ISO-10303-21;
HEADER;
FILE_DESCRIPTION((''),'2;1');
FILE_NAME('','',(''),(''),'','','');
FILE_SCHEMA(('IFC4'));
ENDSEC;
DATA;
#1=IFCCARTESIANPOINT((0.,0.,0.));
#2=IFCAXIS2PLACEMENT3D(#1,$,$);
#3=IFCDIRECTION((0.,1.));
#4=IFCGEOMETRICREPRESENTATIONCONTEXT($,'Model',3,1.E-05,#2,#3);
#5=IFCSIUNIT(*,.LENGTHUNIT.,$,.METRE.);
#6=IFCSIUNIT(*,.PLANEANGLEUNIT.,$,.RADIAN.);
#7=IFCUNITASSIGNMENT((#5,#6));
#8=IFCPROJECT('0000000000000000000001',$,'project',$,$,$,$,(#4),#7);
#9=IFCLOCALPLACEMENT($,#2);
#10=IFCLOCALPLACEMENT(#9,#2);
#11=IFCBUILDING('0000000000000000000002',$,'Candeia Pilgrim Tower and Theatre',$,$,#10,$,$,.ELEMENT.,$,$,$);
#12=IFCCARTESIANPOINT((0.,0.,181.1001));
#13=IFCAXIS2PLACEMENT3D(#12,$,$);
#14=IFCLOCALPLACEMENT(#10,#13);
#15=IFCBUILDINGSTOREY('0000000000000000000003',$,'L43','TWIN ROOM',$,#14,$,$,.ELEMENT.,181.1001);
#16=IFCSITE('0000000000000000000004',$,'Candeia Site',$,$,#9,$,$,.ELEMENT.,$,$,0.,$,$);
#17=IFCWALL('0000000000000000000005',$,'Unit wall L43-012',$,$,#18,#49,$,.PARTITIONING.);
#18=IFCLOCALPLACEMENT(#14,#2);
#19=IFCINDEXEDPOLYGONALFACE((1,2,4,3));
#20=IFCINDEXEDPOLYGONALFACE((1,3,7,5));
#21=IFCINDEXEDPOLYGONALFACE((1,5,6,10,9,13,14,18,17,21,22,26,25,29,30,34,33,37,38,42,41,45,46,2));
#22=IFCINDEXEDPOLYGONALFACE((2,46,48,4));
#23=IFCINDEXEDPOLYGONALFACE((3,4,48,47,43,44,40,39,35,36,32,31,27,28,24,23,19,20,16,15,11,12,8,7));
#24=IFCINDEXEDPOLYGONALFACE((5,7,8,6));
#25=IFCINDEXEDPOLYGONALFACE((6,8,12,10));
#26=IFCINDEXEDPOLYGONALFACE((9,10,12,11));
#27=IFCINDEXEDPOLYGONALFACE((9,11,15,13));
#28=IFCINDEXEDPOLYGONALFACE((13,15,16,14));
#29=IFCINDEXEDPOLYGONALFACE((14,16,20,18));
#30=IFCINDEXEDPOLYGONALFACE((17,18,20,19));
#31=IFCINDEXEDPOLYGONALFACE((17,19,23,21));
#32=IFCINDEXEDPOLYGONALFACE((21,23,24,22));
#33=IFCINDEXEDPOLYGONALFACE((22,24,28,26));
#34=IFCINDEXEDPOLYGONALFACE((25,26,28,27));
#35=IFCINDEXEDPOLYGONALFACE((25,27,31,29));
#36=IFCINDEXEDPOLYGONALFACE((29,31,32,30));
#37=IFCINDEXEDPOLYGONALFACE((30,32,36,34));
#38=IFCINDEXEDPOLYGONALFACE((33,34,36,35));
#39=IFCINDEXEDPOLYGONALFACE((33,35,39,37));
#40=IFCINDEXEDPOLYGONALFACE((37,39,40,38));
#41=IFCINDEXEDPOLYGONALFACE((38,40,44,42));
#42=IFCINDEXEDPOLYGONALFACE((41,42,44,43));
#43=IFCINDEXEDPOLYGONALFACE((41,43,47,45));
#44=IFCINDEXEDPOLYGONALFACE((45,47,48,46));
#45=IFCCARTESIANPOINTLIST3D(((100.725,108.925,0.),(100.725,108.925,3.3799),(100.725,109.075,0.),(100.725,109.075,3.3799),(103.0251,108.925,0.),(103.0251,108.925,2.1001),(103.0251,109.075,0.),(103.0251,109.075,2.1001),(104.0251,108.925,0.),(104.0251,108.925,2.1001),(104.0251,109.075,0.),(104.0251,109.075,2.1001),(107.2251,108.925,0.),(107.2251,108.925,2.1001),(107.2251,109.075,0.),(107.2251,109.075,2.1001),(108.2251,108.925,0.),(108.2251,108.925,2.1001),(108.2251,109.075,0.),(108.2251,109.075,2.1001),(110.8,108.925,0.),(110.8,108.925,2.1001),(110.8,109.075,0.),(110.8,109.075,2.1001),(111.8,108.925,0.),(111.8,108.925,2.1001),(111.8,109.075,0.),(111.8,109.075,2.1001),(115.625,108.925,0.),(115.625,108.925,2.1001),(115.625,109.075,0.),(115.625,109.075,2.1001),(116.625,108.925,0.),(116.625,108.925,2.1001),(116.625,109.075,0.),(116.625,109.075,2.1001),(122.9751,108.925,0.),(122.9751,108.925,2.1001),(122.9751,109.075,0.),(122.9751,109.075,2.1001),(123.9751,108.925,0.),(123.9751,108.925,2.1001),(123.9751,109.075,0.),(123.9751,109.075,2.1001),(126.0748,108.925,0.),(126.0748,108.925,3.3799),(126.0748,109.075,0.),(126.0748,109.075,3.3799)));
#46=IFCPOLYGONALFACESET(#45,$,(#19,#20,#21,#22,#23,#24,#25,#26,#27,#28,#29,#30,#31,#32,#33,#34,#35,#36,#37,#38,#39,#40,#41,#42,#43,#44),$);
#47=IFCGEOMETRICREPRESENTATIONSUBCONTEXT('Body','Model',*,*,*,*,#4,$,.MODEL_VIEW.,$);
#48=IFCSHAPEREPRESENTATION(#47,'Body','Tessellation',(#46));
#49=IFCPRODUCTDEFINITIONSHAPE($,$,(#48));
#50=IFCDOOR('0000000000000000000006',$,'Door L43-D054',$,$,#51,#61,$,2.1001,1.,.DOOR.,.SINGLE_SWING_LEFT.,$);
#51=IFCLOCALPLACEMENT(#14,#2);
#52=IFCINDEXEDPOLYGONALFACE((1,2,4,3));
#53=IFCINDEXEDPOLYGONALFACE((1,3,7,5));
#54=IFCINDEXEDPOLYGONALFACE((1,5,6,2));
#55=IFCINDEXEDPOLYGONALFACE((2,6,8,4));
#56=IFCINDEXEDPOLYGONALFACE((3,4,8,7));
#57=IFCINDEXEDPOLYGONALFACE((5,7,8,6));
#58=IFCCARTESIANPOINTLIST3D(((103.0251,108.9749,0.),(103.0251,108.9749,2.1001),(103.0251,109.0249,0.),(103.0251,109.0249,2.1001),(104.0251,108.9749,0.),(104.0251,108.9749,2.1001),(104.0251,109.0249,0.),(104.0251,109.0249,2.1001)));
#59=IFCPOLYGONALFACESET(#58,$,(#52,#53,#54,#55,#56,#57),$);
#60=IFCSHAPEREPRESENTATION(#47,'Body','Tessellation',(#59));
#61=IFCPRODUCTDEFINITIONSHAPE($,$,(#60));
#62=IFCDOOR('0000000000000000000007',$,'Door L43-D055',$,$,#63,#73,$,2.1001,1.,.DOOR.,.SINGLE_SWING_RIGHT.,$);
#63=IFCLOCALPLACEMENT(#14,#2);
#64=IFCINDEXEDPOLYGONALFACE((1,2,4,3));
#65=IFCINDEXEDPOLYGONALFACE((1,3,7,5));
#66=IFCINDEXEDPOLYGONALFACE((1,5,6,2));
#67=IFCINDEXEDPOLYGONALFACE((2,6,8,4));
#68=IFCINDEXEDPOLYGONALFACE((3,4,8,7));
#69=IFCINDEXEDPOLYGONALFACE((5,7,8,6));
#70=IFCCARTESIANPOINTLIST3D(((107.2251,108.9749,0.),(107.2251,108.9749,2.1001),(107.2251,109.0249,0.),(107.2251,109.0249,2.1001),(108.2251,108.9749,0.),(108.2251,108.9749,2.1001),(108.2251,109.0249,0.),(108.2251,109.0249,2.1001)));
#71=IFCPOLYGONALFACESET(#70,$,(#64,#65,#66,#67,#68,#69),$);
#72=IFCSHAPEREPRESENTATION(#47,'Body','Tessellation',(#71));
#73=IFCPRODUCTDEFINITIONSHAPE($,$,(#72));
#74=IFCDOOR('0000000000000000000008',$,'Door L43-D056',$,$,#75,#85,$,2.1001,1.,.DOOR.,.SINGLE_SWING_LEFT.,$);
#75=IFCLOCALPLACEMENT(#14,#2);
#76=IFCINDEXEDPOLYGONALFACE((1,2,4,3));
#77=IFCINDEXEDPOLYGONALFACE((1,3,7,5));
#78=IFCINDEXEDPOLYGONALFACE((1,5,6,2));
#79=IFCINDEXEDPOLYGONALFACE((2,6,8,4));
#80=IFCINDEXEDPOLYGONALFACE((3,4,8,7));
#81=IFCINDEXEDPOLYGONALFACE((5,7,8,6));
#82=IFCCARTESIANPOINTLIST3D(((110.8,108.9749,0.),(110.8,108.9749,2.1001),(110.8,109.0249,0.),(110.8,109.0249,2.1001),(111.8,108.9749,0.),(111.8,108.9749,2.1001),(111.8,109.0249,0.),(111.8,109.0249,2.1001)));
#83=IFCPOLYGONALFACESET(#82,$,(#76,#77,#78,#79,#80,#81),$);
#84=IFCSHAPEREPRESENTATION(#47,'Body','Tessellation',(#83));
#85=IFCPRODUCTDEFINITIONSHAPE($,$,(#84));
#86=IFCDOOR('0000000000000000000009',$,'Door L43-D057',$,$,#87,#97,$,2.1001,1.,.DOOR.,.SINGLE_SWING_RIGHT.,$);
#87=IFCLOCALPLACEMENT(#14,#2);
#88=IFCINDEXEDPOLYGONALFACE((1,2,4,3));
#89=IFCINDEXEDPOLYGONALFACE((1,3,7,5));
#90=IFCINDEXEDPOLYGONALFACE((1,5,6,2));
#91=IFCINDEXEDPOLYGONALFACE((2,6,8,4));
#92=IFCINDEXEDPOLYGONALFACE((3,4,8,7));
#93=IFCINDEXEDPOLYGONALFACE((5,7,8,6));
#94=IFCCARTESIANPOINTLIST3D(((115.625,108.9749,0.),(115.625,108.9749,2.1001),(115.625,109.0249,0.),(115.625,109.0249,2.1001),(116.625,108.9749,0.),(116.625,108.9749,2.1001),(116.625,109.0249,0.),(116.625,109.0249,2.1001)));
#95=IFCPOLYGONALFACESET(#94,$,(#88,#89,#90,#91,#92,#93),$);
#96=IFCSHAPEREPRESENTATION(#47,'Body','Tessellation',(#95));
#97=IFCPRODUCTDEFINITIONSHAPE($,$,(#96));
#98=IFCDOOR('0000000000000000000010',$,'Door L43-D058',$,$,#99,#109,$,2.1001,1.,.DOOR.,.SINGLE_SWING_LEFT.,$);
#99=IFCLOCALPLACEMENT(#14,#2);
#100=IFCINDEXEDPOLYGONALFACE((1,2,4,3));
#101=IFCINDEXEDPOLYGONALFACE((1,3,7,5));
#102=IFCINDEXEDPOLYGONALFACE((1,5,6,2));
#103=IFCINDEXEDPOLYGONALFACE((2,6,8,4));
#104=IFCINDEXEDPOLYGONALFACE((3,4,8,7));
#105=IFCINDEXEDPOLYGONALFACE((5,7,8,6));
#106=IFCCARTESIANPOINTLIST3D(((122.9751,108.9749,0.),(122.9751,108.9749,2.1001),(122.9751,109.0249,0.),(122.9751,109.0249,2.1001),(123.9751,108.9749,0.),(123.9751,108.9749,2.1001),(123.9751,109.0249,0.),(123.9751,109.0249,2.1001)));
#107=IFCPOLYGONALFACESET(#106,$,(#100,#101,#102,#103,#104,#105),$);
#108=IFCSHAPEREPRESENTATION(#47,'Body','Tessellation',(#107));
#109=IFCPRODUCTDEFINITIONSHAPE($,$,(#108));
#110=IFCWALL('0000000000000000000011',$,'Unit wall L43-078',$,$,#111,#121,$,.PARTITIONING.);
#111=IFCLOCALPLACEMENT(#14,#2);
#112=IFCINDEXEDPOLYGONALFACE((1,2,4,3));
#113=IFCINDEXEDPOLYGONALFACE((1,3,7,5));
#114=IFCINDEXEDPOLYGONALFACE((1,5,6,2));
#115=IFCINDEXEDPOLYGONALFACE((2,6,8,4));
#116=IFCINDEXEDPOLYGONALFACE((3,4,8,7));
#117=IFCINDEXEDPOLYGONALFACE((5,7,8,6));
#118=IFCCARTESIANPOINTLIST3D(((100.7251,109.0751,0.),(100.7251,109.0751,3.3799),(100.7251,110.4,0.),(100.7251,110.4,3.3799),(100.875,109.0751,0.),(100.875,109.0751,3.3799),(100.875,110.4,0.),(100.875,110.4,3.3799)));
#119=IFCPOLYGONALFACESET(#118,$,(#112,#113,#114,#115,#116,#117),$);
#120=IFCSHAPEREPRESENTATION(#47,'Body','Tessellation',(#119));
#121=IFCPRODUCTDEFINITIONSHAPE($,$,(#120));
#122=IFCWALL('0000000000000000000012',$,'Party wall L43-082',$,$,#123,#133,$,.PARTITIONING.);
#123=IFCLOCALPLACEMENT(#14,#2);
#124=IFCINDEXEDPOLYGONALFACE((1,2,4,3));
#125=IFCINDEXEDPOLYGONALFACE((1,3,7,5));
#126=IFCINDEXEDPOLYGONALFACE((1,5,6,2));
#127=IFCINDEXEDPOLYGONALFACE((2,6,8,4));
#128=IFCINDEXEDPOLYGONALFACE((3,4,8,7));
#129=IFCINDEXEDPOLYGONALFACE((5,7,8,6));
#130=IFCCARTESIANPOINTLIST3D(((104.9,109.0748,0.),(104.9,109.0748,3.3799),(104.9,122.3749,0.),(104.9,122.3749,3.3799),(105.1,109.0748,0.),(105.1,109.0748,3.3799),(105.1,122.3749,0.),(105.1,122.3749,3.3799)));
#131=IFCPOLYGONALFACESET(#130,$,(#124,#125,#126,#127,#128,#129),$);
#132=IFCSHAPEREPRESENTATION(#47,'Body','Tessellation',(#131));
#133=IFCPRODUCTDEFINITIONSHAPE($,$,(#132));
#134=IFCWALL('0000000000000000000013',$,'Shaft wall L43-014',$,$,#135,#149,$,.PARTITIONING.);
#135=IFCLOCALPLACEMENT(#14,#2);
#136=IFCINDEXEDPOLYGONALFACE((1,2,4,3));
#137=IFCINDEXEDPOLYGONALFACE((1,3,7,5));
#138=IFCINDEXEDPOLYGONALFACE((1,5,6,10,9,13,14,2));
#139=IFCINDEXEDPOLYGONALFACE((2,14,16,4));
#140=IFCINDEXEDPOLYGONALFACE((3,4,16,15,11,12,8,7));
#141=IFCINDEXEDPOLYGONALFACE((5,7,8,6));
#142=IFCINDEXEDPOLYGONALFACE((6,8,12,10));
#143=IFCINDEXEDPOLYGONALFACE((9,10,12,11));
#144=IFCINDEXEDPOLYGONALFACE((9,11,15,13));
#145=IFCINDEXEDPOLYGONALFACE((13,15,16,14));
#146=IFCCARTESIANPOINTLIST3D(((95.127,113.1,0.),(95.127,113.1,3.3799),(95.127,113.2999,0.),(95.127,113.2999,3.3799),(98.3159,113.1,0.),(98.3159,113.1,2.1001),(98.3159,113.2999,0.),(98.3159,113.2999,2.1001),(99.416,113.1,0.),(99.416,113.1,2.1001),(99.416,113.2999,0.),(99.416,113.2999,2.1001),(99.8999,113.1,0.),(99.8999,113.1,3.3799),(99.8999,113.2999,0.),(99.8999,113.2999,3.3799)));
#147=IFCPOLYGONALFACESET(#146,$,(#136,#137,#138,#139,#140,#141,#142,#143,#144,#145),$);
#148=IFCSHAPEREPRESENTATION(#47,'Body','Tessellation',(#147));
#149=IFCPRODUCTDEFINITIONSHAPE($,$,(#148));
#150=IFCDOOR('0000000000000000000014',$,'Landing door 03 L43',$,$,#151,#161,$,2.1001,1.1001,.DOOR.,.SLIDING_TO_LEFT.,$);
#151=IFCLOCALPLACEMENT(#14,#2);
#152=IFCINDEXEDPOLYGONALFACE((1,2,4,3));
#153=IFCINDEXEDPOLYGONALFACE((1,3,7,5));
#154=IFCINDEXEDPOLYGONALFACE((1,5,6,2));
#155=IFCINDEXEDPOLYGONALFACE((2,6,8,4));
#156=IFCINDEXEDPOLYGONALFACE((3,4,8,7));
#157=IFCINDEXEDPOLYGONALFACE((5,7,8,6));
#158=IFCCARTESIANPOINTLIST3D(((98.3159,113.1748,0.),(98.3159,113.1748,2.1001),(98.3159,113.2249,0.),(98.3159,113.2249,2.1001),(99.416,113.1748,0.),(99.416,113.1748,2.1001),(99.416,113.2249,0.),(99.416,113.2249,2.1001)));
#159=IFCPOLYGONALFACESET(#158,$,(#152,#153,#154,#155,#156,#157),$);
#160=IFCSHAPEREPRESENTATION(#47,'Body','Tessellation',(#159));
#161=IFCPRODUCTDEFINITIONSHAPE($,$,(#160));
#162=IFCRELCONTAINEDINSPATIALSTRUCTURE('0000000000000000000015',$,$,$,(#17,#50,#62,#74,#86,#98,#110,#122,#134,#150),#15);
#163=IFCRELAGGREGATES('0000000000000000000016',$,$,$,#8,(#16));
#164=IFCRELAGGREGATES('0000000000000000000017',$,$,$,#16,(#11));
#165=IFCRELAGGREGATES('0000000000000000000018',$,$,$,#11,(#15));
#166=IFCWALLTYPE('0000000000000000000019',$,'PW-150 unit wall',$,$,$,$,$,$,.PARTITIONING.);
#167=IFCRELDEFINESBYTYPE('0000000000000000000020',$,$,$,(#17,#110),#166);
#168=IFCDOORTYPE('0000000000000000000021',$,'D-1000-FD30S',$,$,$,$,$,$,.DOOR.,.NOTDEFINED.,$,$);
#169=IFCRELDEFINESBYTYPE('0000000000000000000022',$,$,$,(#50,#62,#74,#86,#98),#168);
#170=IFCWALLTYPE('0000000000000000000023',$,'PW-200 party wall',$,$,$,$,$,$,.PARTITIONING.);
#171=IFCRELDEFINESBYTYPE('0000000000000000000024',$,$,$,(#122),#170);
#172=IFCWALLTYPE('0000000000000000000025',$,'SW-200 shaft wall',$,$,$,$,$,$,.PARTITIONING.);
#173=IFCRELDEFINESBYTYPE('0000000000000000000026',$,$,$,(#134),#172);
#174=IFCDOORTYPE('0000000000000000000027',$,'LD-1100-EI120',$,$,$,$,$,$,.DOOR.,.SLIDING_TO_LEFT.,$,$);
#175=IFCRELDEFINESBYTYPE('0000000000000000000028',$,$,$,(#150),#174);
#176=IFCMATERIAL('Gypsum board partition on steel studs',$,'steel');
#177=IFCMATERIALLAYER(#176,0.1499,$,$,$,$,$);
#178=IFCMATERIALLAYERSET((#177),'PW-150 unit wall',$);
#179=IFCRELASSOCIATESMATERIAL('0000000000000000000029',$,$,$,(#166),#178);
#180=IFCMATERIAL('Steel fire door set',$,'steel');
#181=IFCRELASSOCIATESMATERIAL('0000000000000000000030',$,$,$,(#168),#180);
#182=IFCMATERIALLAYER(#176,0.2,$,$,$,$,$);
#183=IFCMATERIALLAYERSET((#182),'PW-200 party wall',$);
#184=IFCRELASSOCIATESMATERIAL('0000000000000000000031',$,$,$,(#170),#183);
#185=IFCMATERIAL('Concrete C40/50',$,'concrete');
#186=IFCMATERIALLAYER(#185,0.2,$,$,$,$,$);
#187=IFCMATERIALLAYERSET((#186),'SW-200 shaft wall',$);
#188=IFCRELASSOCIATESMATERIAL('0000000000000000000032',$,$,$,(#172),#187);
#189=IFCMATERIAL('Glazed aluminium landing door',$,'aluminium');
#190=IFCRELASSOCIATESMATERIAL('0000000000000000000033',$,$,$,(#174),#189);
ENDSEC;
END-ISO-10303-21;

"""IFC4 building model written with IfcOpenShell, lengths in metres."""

from ifc_helpers import new_model, si_unit, direction, frame, frame_2d, origin, place, context, subcontext, project, spatial, rectangle, extrude, material, layer, layer_set, type_object, element, fill, save


model = new_model("IFC4")

# Units and contexts
model_context = context("Model", 3, precision=1e-05, world=origin(), true_north=direction((0.0, 1.0)))
body_context = subcontext(model_context, "Body", "Model", "MODEL_VIEW")
ifc_project = project(units=[si_unit("LENGTHUNIT", "METRE"), si_unit("PLANEANGLEUNIT", "RADIAN")], contexts=[model_context])

# Site, building, storey
site_placement = place(None, origin())
site = spatial("IfcSite", under=ifc_project, at=site_placement, Name="Candeia Site", CompositionType="ELEMENT", RefElevation=0.0)
building_placement = place(site_placement, origin())
building = spatial("IfcBuilding", under=site, at=building_placement, Name="Candeia Pilgrim Tower and Theatre", CompositionType="ELEMENT")
storey_placement = place(building_placement, frame((0.0, 0.0, 181.1001)))
storey = spatial("IfcBuildingStorey", under=building, at=storey_placement, Name="L43", Description="TWIN ROOM", CompositionType="ELEMENT", Elevation=181.1001)

# Shared definitions
ifc_material_1 = material(Name="Steel fire door set", Category="steel")

# Shared definitions
ifc_material_2 = material(Name="Gypsum board partition on steel studs", Category="steel")

# Wall, openings, doors
ifc_layer_1 = layer(ifc_material_2, 0.1499)
ifc_layer_set_1 = layer_set([ifc_layer_1], Name="PW-150 unit wall")
wall_type_1 = type_object("IfcWallType", Name="PW-150 unit wall", PredefinedType="PARTITIONING", material=ifc_layer_set_1)
wall_1_placement = place(storey_placement, frame((100.7251, 109.0, 0.0), z_axis=(0.0, 0.0, 1.0), x_axis=(1.0, 0.0, 0.0)))
wall_1 = element("IfcWall", 1, at=wall_1_placement, inside=storey, type_object=wall_type_1, Name="Unit wall L43-012", PredefinedType="PARTITIONING", context=body_context, shape_type="SweptSolid", body=[
    extrude(rectangle(XDim=25.3499, YDim=0.1499, at=frame_2d((12.6748, 0.0))), origin(), (0.0, 0.0, 1.0), 3.3799),
])
opening_1_placement = place(wall_1_placement, frame((2.3, 0.0, 0.0)))
opening_1 = element("IfcOpeningElement", 2, at=opening_1_placement, cuts=wall_1, PredefinedType="OPENING", context=body_context, shape_type="SweptSolid", body=[
    extrude(rectangle(XDim=1.0, YDim=2.1001, at=frame_2d((0.5, 1.05))), frame((0.0, 0.085, 0.0), z_axis=(0.0, -1.0, 0.0), x_axis=(1.0, 0.0, 0.0)), (0.0, 0.0, 1.0), 0.1699),
])
opening_2_placement = place(wall_1_placement, frame((6.5, 0.0, 0.0)))
opening_2 = element("IfcOpeningElement", 3, at=opening_2_placement, cuts=wall_1, PredefinedType="OPENING", context=body_context, shape_type="SweptSolid", body=[
    extrude(rectangle(XDim=1.0, YDim=2.1001, at=frame_2d((0.5, 1.05))), frame((0.0, 0.085, 0.0), z_axis=(0.0, -1.0, 0.0), x_axis=(1.0, 0.0, 0.0)), (0.0, 0.0, 1.0), 0.1699),
])
opening_3_placement = place(wall_1_placement, frame((10.075, 0.0, 0.0)))
opening_3 = element("IfcOpeningElement", 4, at=opening_3_placement, cuts=wall_1, PredefinedType="OPENING", context=body_context, shape_type="SweptSolid", body=[
    extrude(rectangle(XDim=1.0, YDim=2.1001, at=frame_2d((0.5, 1.05))), frame((0.0, 0.085, 0.0), z_axis=(0.0, -1.0, 0.0), x_axis=(1.0, 0.0, 0.0)), (0.0, 0.0, 1.0), 0.1699),
])
opening_4_placement = place(wall_1_placement, frame((14.8999, 0.0, 0.0)))
opening_4 = element("IfcOpeningElement", 5, at=opening_4_placement, cuts=wall_1, PredefinedType="OPENING", context=body_context, shape_type="SweptSolid", body=[
    extrude(rectangle(XDim=1.0, YDim=2.1001, at=frame_2d((0.5, 1.05))), frame((0.0, 0.085, 0.0), z_axis=(0.0, -1.0, 0.0), x_axis=(1.0, 0.0, 0.0)), (0.0, 0.0, 1.0), 0.1699),
])
opening_5_placement = place(wall_1_placement, frame((22.25, 0.0, 0.0)))
opening_5 = element("IfcOpeningElement", 6, at=opening_5_placement, cuts=wall_1, PredefinedType="OPENING", context=body_context, shape_type="SweptSolid", body=[
    extrude(rectangle(XDim=1.0, YDim=2.1001, at=frame_2d((0.5, 1.05))), frame((0.0, 0.085, 0.0), z_axis=(0.0, -1.0, 0.0), x_axis=(1.0, 0.0, 0.0)), (0.0, 0.0, 1.0), 0.1699),
])
door_type_1 = type_object("IfcDoorType", Name="D-1000-FD30S", OperationType="NOTDEFINED", PredefinedType="DOOR", material=ifc_material_1)
door_1_placement = place(opening_1_placement, origin())
door_1 = element("IfcDoor", 7, at=door_1_placement, inside=storey, type_object=door_type_1, Name="Door L43-D054", OperationType="SINGLE_SWING_LEFT", OverallHeight=2.1001, OverallWidth=1.0, PredefinedType="DOOR", context=body_context, shape_type="SweptSolid", body=[
    extrude(rectangle(XDim=1.0, YDim=2.1001, at=frame_2d((0.5, 1.05))), frame((0.0, 0.0249, 0.0), z_axis=(0.0, -1.0, 0.0), x_axis=(1.0, 0.0, 0.0)), (0.0, 0.0, 1.0), 0.05),
])
fill(opening_1, door_1)
door_2_placement = place(opening_2_placement, origin())
door_2 = element("IfcDoor", 8, at=door_2_placement, inside=storey, type_object=door_type_1, Name="Door L43-D055", OperationType="SINGLE_SWING_RIGHT", OverallHeight=2.1001, OverallWidth=1.0, PredefinedType="DOOR", context=body_context, shape_type="SweptSolid", body=[
    extrude(rectangle(XDim=1.0, YDim=2.1001, at=frame_2d((0.5, 1.05))), frame((0.0, 0.0249, 0.0), z_axis=(0.0, -1.0, 0.0), x_axis=(1.0, 0.0, 0.0)), (0.0, 0.0, 1.0), 0.05),
])
fill(opening_2, door_2)
door_3_placement = place(opening_3_placement, origin())
door_3 = element("IfcDoor", 9, at=door_3_placement, inside=storey, type_object=door_type_1, Name="Door L43-D056", OperationType="SINGLE_SWING_LEFT", OverallHeight=2.1001, OverallWidth=1.0, PredefinedType="DOOR", context=body_context, shape_type="SweptSolid", body=[
    extrude(rectangle(XDim=1.0, YDim=2.1001, at=frame_2d((0.5, 1.05))), frame((0.0, 0.0249, 0.0), z_axis=(0.0, -1.0, 0.0), x_axis=(1.0, 0.0, 0.0)), (0.0, 0.0, 1.0), 0.05),
])
fill(opening_3, door_3)
door_4_placement = place(opening_4_placement, origin())
door_4 = element("IfcDoor", 10, at=door_4_placement, inside=storey, type_object=door_type_1, Name="Door L43-D057", OperationType="SINGLE_SWING_RIGHT", OverallHeight=2.1001, OverallWidth=1.0, PredefinedType="DOOR", context=body_context, shape_type="SweptSolid", body=[
    extrude(rectangle(XDim=1.0, YDim=2.1001, at=frame_2d((0.5, 1.05))), frame((0.0, 0.0249, 0.0), z_axis=(0.0, -1.0, 0.0), x_axis=(1.0, 0.0, 0.0)), (0.0, 0.0, 1.0), 0.05),
])
fill(opening_4, door_4)
door_5_placement = place(opening_5_placement, origin())
door_5 = element("IfcDoor", 11, at=door_5_placement, inside=storey, type_object=door_type_1, Name="Door L43-D058", OperationType="SINGLE_SWING_LEFT", OverallHeight=2.1001, OverallWidth=1.0, PredefinedType="DOOR", context=body_context, shape_type="SweptSolid", body=[
    extrude(rectangle(XDim=1.0, YDim=2.1001, at=frame_2d((0.5, 1.05))), frame((0.0, 0.0249, 0.0), z_axis=(0.0, -1.0, 0.0), x_axis=(1.0, 0.0, 0.0)), (0.0, 0.0, 1.0), 0.05),
])
fill(opening_5, door_5)

# Walls
wall_2_placement = place(storey_placement, frame((100.8, 109.075, 0.0), z_axis=(0.0, 0.0, 1.0), x_axis=(0.0, 1.0, 0.0)))
element("IfcWall", 12, at=wall_2_placement, inside=storey, type_object=wall_type_1, Name="Unit wall L43-078", PredefinedType="PARTITIONING", context=body_context, shape_type="SweptSolid", body=[
    extrude(rectangle(XDim=1.325, YDim=0.1499, at=frame_2d((0.6626, 0.0))), origin(), (0.0, 0.0, 1.0), 3.3799),
])
ifc_layer_2 = layer(ifc_material_2, 0.2)
ifc_layer_set_2 = layer_set([ifc_layer_2], Name="PW-200 party wall")
wall_type_2 = type_object("IfcWallType", Name="PW-200 party wall", PredefinedType="PARTITIONING", material=ifc_layer_set_2)
wall_3_placement = place(storey_placement, frame((105.0, 109.075, 0.0), z_axis=(0.0, 0.0, 1.0), x_axis=(0.0, 1.0, 0.0)))
element("IfcWall", 13, at=wall_3_placement, inside=storey, type_object=wall_type_2, Name="Party wall L43-082", PredefinedType="PARTITIONING", context=body_context, shape_type="SweptSolid", body=[
    extrude(rectangle(XDim=13.3, YDim=0.2, at=frame_2d((6.6499, 0.0))), origin(), (0.0, 0.0, 1.0), 3.3799),
])

# Wall, opening, door
ifc_material_3 = material(Name="Concrete C40/50", Category="concrete")
ifc_layer_3 = layer(ifc_material_3, 0.2)
ifc_layer_set_3 = layer_set([ifc_layer_3], Name="SW-200 shaft wall")
wall_type_3 = type_object("IfcWallType", Name="SW-200 shaft wall", PredefinedType="PARTITIONING", material=ifc_layer_set_3)
wall_4_placement = place(storey_placement, frame((95.127, 113.2, 0.0), z_axis=(0.0, 0.0, 1.0), x_axis=(1.0, 0.0, 0.0)))
wall_4 = element("IfcWall", 14, at=wall_4_placement, inside=storey, type_object=wall_type_3, Name="Shaft wall L43-014", PredefinedType="PARTITIONING", context=body_context, shape_type="SweptSolid", body=[
    extrude(rectangle(XDim=4.7729, YDim=0.2, at=frame_2d((2.3865, 0.0))), origin(), (0.0, 0.0, 1.0), 3.3799),
])
opening_6_placement = place(wall_4_placement, frame((3.189, 0.0, 0.0)))
opening_6 = element("IfcOpeningElement", 15, at=opening_6_placement, cuts=wall_4, PredefinedType="OPENING", context=body_context, shape_type="SweptSolid", body=[
    extrude(rectangle(XDim=1.1001, YDim=2.1001, at=frame_2d((0.55, 1.05))), frame((0.0, 0.1099, 0.0), z_axis=(0.0, -1.0, 0.0), x_axis=(1.0, 0.0, 0.0)), (0.0, 0.0, 1.0), 0.22),
])
ifc_material_4 = material(Name="Glazed aluminium landing door", Category="aluminium")
door_type_2 = type_object("IfcDoorType", Name="LD-1100-EI120", OperationType="SLIDING_TO_LEFT", PredefinedType="DOOR", material=ifc_material_4)
door_6_placement = place(opening_6_placement, origin())
door_6 = element("IfcDoor", 16, at=door_6_placement, inside=storey, type_object=door_type_2, Name="Landing door 03 L43", OperationType="SLIDING_TO_LEFT", OverallHeight=2.1001, OverallWidth=1.1001, PredefinedType="DOOR", context=body_context, shape_type="SweptSolid", body=[
    extrude(rectangle(XDim=1.1001, YDim=2.1001, at=frame_2d((0.55, 1.05))), frame((0.0, 0.0249, 0.0), z_axis=(0.0, -1.0, 0.0), x_axis=(1.0, 0.0, 0.0)), (0.0, 0.0, 1.0), 0.05),
])
fill(opening_6, door_6)

save(model, "model.ifc")
